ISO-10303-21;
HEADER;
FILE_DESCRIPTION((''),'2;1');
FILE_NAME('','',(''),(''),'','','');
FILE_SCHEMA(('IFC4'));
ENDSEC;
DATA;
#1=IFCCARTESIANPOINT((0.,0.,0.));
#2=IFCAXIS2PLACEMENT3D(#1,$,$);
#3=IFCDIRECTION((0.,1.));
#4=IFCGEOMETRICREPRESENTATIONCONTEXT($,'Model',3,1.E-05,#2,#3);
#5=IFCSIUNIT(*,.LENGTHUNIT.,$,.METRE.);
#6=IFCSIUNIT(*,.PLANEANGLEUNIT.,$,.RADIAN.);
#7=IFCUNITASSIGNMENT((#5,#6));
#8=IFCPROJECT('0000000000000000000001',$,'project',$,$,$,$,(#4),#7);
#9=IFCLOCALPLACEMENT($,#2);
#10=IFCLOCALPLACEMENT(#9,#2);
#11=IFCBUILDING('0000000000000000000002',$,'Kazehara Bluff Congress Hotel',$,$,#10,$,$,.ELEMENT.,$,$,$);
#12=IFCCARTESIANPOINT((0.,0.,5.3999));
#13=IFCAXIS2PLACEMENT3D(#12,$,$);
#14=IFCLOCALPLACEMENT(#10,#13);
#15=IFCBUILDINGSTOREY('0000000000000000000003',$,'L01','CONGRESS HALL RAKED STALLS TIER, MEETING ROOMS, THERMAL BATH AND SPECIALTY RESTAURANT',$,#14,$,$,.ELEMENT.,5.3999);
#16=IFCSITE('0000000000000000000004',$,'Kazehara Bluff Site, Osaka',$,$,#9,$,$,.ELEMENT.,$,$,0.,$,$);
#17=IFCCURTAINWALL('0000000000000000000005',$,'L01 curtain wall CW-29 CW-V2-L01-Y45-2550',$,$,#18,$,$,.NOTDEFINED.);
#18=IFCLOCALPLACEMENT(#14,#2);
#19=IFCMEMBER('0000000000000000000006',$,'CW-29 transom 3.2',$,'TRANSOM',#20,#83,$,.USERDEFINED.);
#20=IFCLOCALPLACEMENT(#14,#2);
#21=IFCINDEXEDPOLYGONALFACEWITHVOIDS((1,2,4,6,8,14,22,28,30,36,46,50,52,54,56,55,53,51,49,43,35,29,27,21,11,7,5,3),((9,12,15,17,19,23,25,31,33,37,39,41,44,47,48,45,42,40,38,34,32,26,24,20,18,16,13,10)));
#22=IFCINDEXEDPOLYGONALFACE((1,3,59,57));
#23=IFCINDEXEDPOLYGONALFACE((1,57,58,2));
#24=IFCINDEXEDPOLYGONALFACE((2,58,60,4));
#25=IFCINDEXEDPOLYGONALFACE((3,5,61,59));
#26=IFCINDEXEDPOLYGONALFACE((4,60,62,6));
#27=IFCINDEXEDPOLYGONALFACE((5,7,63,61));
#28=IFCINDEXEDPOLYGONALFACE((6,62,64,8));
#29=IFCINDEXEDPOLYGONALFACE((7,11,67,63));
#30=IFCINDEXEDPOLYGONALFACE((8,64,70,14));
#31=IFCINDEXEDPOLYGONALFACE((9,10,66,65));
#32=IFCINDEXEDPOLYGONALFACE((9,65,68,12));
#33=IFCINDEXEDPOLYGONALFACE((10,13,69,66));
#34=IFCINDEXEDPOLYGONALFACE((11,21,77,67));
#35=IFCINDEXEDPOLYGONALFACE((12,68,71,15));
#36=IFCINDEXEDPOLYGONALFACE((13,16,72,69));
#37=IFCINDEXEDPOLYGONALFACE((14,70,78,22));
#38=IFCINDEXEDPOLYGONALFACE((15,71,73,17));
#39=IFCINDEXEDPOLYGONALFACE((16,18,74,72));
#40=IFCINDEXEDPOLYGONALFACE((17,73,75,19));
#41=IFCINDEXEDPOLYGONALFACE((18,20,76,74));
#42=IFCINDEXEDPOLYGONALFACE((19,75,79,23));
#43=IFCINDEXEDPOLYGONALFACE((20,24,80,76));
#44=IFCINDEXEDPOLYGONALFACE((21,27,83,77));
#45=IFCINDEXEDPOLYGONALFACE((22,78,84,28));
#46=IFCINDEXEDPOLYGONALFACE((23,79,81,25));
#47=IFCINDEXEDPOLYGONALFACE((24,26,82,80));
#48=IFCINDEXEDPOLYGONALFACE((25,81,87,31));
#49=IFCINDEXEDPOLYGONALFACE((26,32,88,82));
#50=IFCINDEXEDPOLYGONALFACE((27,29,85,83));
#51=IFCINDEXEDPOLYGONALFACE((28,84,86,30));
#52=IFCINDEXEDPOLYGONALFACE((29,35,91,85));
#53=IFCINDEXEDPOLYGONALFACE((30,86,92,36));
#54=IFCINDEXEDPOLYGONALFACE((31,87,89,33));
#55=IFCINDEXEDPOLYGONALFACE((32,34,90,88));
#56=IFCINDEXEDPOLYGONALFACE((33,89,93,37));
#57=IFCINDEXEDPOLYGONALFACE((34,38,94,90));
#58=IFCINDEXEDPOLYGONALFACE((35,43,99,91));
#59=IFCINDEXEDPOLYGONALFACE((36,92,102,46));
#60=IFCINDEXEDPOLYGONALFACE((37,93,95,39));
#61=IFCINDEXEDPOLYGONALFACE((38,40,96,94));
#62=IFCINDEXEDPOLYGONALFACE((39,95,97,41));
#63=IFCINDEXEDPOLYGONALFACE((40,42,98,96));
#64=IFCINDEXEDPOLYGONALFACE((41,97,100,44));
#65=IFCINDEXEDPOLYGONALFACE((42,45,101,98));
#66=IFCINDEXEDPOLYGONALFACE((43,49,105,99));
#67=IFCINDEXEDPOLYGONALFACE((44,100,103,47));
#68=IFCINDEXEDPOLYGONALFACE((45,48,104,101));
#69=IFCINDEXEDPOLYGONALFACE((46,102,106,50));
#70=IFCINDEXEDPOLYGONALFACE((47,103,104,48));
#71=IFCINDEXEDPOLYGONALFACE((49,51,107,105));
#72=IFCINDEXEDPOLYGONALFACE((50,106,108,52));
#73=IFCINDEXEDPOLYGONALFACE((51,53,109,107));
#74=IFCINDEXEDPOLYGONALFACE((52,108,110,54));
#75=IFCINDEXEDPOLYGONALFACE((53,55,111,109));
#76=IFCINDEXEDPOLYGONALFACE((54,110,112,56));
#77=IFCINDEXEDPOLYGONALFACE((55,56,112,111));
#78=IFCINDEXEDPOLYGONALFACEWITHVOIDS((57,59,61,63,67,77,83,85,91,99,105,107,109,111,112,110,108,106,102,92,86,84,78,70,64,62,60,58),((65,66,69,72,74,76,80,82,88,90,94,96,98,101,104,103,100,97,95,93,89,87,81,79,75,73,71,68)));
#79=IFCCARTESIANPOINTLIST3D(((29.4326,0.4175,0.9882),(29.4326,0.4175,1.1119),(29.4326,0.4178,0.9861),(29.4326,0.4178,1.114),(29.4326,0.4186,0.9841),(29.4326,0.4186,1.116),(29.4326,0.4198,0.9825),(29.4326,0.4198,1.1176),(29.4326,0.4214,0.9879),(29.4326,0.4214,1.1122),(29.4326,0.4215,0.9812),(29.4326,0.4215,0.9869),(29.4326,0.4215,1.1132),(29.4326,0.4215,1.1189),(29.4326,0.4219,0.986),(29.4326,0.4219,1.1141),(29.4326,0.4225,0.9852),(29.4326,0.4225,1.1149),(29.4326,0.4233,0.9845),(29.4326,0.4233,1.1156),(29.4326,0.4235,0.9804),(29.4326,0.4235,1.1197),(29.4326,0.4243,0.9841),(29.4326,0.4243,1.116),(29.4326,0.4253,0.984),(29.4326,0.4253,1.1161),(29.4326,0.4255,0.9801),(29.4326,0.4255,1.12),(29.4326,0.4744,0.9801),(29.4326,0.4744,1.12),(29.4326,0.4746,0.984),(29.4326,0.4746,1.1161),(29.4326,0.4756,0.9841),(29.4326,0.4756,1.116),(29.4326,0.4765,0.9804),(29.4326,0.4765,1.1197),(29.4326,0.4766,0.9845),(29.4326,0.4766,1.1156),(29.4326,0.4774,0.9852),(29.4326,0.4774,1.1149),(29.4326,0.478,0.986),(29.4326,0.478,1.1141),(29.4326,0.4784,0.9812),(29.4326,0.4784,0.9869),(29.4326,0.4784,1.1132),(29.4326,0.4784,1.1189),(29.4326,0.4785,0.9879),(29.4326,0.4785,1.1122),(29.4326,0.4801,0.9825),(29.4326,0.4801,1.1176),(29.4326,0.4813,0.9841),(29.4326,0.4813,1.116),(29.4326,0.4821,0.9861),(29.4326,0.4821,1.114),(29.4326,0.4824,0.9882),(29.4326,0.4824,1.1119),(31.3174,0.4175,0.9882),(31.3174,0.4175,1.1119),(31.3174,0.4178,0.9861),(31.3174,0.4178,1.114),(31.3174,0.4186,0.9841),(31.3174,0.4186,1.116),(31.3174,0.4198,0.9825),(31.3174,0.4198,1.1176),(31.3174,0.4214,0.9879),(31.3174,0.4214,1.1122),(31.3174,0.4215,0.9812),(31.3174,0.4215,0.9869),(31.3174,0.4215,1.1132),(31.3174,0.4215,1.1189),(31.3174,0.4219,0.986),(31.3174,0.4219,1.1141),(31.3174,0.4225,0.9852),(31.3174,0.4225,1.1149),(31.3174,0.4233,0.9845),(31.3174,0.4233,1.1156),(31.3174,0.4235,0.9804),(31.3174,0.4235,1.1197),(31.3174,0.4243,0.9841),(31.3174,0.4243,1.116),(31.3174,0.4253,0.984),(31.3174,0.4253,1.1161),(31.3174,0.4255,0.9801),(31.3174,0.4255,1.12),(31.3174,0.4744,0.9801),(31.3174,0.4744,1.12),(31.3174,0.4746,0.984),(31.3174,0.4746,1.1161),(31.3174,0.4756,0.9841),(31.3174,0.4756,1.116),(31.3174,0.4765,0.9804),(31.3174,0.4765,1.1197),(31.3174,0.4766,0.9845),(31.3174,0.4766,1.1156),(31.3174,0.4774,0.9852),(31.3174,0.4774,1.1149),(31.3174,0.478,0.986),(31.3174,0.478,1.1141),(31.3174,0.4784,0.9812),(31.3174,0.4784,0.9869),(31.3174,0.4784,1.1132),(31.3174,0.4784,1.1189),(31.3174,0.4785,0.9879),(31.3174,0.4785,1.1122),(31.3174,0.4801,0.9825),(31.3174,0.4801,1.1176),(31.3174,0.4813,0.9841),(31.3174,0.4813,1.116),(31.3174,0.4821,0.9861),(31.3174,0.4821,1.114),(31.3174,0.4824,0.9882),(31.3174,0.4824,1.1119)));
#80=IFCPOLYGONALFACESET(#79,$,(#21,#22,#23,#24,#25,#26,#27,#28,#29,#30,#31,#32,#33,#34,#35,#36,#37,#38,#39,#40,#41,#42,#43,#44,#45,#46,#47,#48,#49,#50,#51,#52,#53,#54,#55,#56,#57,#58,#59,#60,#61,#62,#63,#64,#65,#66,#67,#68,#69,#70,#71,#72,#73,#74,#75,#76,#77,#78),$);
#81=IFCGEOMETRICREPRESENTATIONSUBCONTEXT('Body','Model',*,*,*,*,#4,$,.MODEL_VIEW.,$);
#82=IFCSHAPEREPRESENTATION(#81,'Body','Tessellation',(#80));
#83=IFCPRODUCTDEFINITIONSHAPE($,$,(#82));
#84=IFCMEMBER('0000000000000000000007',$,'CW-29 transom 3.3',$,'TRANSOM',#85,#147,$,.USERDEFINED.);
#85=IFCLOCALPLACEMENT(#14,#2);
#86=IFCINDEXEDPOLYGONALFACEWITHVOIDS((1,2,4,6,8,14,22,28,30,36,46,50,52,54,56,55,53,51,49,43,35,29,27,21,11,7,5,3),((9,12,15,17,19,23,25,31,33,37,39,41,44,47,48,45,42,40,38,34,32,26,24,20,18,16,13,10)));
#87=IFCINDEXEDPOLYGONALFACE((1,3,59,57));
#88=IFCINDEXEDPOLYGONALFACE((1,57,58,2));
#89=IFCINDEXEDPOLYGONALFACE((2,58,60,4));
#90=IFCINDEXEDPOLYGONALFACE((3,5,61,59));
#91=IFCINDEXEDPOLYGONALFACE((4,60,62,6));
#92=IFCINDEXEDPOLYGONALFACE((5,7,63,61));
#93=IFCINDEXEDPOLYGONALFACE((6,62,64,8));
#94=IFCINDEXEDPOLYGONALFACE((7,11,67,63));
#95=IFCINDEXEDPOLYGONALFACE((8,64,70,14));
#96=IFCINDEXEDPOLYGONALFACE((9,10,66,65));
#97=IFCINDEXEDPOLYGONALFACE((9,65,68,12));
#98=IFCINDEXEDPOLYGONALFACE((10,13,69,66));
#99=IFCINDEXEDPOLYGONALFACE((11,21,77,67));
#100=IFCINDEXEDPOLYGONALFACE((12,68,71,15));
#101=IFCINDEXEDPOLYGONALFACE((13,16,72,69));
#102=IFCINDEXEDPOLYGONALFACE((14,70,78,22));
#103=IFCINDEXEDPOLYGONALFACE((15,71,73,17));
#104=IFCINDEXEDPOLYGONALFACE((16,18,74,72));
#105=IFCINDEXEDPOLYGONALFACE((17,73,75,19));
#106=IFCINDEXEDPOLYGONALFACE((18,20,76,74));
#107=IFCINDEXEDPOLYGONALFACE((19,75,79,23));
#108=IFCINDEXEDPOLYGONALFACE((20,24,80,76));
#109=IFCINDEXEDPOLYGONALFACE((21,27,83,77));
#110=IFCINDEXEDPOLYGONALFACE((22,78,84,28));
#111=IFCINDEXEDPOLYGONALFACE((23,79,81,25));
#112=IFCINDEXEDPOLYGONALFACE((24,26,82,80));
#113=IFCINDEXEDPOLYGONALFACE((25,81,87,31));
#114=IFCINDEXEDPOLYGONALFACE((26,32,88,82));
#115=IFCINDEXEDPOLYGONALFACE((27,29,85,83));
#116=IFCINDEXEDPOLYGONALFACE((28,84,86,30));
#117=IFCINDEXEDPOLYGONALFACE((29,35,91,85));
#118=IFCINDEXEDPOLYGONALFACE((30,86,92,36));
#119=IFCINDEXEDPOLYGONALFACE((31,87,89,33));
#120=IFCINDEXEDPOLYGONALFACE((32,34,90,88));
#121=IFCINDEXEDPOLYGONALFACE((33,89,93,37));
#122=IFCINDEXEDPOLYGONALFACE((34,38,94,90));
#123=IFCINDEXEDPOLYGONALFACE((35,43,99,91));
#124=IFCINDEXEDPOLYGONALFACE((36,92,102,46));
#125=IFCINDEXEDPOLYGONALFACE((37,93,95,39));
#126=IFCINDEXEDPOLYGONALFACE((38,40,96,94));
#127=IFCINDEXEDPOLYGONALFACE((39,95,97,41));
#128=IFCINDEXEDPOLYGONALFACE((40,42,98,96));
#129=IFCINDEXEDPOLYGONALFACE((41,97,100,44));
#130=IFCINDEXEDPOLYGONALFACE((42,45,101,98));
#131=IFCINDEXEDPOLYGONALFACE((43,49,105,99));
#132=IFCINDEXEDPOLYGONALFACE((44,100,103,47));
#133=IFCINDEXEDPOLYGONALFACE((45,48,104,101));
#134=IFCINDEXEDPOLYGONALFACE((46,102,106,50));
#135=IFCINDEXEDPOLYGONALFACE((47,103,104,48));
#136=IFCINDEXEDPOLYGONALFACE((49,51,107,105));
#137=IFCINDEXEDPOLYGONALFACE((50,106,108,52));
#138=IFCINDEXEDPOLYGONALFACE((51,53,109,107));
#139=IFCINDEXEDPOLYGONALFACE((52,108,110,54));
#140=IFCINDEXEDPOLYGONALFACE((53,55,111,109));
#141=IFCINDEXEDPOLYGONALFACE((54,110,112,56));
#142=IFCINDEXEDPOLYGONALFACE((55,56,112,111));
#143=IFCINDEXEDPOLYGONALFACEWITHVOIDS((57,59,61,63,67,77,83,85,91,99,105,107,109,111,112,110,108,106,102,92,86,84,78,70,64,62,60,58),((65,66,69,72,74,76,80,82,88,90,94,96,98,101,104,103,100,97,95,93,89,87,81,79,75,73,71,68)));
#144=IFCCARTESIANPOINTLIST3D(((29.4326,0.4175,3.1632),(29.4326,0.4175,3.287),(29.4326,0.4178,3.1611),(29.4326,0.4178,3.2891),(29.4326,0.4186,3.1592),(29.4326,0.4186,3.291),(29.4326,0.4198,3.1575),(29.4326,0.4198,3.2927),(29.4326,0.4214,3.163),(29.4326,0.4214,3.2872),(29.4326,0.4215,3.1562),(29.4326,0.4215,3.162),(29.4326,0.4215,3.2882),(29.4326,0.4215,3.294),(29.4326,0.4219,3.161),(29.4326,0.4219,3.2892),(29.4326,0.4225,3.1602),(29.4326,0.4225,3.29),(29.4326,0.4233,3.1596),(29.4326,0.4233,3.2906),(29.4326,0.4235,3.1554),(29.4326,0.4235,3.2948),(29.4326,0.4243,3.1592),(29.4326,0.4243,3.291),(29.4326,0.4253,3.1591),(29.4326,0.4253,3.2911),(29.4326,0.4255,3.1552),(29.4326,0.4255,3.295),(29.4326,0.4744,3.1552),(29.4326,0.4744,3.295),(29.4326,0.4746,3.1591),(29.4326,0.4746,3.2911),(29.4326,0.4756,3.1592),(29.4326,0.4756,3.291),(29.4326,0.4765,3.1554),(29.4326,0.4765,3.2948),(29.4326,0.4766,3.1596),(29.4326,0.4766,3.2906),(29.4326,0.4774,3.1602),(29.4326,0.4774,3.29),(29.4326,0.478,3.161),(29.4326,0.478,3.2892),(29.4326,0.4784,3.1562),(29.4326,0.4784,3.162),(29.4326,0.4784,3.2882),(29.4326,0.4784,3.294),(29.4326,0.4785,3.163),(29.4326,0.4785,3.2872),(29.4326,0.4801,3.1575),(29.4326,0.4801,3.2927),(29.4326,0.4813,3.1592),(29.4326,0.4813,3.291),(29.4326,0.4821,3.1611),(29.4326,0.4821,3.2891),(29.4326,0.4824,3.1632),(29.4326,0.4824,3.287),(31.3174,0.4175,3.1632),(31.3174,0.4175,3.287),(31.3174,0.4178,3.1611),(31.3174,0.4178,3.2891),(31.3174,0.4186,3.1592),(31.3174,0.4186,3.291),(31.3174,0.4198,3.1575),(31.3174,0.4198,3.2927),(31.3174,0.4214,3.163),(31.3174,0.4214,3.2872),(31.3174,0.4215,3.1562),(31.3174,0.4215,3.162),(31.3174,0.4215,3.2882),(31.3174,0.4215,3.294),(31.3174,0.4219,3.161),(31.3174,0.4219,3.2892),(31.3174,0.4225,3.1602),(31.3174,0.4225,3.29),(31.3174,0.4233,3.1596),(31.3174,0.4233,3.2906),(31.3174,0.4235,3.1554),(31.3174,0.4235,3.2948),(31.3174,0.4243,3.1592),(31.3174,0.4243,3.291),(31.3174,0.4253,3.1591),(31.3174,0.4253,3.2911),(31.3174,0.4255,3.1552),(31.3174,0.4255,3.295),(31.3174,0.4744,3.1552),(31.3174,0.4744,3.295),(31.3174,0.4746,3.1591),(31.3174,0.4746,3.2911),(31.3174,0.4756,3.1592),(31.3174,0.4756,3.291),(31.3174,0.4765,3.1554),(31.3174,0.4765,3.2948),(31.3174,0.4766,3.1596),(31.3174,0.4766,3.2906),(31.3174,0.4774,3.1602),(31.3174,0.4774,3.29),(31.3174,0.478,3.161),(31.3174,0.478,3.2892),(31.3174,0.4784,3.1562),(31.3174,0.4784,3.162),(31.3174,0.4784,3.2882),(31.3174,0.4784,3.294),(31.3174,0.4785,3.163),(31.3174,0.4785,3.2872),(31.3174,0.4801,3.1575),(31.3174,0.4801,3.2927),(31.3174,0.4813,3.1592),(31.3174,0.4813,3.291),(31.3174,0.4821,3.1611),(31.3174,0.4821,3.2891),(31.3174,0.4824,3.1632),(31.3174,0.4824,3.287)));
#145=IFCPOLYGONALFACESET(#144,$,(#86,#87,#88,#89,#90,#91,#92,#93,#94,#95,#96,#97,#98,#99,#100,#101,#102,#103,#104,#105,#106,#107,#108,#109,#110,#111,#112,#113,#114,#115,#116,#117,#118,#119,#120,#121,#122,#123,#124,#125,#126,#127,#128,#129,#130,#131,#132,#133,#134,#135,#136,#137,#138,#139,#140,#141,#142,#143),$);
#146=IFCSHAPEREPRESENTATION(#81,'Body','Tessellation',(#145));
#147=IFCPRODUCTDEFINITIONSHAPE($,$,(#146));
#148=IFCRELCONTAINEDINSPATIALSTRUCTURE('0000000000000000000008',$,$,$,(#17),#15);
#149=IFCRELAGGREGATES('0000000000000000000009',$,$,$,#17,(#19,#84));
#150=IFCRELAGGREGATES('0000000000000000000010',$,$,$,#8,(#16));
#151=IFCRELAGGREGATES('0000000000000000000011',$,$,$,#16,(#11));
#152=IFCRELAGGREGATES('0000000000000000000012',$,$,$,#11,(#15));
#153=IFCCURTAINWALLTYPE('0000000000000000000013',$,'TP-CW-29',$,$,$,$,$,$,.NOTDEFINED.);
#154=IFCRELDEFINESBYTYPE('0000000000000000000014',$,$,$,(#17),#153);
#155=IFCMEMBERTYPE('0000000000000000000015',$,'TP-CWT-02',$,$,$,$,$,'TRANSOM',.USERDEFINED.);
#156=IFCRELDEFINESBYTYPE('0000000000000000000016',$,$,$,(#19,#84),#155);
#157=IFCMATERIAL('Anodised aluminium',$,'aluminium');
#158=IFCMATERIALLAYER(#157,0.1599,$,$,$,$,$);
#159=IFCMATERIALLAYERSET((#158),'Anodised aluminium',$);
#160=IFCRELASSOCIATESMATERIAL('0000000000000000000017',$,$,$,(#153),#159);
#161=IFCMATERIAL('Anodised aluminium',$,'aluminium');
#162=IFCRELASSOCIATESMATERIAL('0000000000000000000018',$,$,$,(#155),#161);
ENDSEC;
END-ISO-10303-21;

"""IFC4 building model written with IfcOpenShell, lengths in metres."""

from ifc_helpers import new_model, si_unit, direction, frame, origin, origin_2d, place, context, subcontext, project, spatial, hollow_rectangle, extrude, material, layer, layer_set, material_profile, profile_set, type_object, element, aggregate, save


model = new_model("IFC4")

# Units and contexts
model_context = context("Model", 3, precision=1e-05, world=origin(), true_north=direction((0.0, 1.0)))
body_context = subcontext(model_context, "Body", "Model", "MODEL_VIEW")
ifc_project = project(units=[si_unit("LENGTHUNIT", "METRE"), si_unit("PLANEANGLEUNIT", "RADIAN")], contexts=[model_context])

# Site, building, storey
site_placement = place(None, origin())
site = spatial("IfcSite", under=ifc_project, at=site_placement, Name="Kazehara Bluff Site, Osaka", CompositionType="ELEMENT", RefElevation=0.0)
building_placement = place(site_placement, origin())
building = spatial("IfcBuilding", under=site, at=building_placement, Name="Kazehara Bluff Congress Hotel", CompositionType="ELEMENT")
storey_placement = place(building_placement, frame((0.0, 0.0, 5.3999)))
storey = spatial("IfcBuildingStorey", under=building, at=storey_placement, Name="L01", Description="CONGRESS HALL RAKED STALLS TIER, MEETING ROOMS, THERMAL BATH AND SPECIALTY RESTAURANT", CompositionType="ELEMENT", Elevation=5.3999)

# Curtain wall, members
ifc_material_1 = material(Name="Anodised aluminium", Category="aluminium")
ifc_layer_1 = layer(ifc_material_1, 0.1599)
ifc_layer_set_1 = layer_set([ifc_layer_1], Name="Anodised aluminium")
curtain_wall_type = type_object("IfcCurtainWallType", Name="TP-CW-29", PredefinedType="NOTDEFINED", material=ifc_layer_set_1)
curtain_wall_placement = place(storey_placement, origin())
curtain_wall = element("IfcCurtainWall", 1, at=curtain_wall_placement, inside=storey, type_object=curtain_wall_type, Name="L01 curtain wall CW-29 CW-V2-L01-Y45-2550", PredefinedType="NOTDEFINED")
ifc_material_2 = material(Name="Anodised aluminium", Category="aluminium")
ifc_material_profile_1 = material_profile(ifc_material_2, hollow_rectangle(XDim=0.0649, YDim=0.1399, WallThickness=0.0039, InnerFilletRadius=0.0039, OuterFilletRadius=0.0081, at=origin_2d()))
ifc_profile_set_1 = profile_set([ifc_material_profile_1], Name="Anodised aluminium")
member_type_1 = type_object("IfcMemberType", Name="TP-CWT-02", ElementType="TRANSOM", PredefinedType="USERDEFINED", material=ifc_profile_set_1)
member_1_placement = place(storey_placement, frame((29.4326, 0.45, 1.05), z_axis=(1.0, 0.0, 0.0), x_axis=(0.0, 1.0, 0.0)))
member_1 = element("IfcMember", 2, at=member_1_placement, type_object=member_type_1, Name="CW-29 transom 3.2", ObjectType="TRANSOM", PredefinedType="USERDEFINED", context=body_context, shape_type="SweptSolid", body=[
    extrude(hollow_rectangle(XDim=0.0649, YDim=0.1399, WallThickness=0.0039, InnerFilletRadius=0.0039, OuterFilletRadius=0.0081, at=origin_2d()), origin(), (0.0, 0.0, 1.0), 1.8848),
])
member_2_placement = place(storey_placement, frame((29.4326, 0.45, 3.2251), z_axis=(1.0, 0.0, 0.0), x_axis=(0.0, 1.0, 0.0)))
member_2 = element("IfcMember", 3, at=member_2_placement, type_object=member_type_1, Name="CW-29 transom 3.3", ObjectType="TRANSOM", PredefinedType="USERDEFINED", context=body_context, shape_type="SweptSolid", body=[
    extrude(hollow_rectangle(XDim=0.0649, YDim=0.1399, WallThickness=0.0039, InnerFilletRadius=0.0039, OuterFilletRadius=0.0081, at=origin_2d()), origin(), (0.0, 0.0, 1.0), 1.8848),
])
aggregate(curtain_wall, [member_1, member_2])

save(model, "model.ifc")
